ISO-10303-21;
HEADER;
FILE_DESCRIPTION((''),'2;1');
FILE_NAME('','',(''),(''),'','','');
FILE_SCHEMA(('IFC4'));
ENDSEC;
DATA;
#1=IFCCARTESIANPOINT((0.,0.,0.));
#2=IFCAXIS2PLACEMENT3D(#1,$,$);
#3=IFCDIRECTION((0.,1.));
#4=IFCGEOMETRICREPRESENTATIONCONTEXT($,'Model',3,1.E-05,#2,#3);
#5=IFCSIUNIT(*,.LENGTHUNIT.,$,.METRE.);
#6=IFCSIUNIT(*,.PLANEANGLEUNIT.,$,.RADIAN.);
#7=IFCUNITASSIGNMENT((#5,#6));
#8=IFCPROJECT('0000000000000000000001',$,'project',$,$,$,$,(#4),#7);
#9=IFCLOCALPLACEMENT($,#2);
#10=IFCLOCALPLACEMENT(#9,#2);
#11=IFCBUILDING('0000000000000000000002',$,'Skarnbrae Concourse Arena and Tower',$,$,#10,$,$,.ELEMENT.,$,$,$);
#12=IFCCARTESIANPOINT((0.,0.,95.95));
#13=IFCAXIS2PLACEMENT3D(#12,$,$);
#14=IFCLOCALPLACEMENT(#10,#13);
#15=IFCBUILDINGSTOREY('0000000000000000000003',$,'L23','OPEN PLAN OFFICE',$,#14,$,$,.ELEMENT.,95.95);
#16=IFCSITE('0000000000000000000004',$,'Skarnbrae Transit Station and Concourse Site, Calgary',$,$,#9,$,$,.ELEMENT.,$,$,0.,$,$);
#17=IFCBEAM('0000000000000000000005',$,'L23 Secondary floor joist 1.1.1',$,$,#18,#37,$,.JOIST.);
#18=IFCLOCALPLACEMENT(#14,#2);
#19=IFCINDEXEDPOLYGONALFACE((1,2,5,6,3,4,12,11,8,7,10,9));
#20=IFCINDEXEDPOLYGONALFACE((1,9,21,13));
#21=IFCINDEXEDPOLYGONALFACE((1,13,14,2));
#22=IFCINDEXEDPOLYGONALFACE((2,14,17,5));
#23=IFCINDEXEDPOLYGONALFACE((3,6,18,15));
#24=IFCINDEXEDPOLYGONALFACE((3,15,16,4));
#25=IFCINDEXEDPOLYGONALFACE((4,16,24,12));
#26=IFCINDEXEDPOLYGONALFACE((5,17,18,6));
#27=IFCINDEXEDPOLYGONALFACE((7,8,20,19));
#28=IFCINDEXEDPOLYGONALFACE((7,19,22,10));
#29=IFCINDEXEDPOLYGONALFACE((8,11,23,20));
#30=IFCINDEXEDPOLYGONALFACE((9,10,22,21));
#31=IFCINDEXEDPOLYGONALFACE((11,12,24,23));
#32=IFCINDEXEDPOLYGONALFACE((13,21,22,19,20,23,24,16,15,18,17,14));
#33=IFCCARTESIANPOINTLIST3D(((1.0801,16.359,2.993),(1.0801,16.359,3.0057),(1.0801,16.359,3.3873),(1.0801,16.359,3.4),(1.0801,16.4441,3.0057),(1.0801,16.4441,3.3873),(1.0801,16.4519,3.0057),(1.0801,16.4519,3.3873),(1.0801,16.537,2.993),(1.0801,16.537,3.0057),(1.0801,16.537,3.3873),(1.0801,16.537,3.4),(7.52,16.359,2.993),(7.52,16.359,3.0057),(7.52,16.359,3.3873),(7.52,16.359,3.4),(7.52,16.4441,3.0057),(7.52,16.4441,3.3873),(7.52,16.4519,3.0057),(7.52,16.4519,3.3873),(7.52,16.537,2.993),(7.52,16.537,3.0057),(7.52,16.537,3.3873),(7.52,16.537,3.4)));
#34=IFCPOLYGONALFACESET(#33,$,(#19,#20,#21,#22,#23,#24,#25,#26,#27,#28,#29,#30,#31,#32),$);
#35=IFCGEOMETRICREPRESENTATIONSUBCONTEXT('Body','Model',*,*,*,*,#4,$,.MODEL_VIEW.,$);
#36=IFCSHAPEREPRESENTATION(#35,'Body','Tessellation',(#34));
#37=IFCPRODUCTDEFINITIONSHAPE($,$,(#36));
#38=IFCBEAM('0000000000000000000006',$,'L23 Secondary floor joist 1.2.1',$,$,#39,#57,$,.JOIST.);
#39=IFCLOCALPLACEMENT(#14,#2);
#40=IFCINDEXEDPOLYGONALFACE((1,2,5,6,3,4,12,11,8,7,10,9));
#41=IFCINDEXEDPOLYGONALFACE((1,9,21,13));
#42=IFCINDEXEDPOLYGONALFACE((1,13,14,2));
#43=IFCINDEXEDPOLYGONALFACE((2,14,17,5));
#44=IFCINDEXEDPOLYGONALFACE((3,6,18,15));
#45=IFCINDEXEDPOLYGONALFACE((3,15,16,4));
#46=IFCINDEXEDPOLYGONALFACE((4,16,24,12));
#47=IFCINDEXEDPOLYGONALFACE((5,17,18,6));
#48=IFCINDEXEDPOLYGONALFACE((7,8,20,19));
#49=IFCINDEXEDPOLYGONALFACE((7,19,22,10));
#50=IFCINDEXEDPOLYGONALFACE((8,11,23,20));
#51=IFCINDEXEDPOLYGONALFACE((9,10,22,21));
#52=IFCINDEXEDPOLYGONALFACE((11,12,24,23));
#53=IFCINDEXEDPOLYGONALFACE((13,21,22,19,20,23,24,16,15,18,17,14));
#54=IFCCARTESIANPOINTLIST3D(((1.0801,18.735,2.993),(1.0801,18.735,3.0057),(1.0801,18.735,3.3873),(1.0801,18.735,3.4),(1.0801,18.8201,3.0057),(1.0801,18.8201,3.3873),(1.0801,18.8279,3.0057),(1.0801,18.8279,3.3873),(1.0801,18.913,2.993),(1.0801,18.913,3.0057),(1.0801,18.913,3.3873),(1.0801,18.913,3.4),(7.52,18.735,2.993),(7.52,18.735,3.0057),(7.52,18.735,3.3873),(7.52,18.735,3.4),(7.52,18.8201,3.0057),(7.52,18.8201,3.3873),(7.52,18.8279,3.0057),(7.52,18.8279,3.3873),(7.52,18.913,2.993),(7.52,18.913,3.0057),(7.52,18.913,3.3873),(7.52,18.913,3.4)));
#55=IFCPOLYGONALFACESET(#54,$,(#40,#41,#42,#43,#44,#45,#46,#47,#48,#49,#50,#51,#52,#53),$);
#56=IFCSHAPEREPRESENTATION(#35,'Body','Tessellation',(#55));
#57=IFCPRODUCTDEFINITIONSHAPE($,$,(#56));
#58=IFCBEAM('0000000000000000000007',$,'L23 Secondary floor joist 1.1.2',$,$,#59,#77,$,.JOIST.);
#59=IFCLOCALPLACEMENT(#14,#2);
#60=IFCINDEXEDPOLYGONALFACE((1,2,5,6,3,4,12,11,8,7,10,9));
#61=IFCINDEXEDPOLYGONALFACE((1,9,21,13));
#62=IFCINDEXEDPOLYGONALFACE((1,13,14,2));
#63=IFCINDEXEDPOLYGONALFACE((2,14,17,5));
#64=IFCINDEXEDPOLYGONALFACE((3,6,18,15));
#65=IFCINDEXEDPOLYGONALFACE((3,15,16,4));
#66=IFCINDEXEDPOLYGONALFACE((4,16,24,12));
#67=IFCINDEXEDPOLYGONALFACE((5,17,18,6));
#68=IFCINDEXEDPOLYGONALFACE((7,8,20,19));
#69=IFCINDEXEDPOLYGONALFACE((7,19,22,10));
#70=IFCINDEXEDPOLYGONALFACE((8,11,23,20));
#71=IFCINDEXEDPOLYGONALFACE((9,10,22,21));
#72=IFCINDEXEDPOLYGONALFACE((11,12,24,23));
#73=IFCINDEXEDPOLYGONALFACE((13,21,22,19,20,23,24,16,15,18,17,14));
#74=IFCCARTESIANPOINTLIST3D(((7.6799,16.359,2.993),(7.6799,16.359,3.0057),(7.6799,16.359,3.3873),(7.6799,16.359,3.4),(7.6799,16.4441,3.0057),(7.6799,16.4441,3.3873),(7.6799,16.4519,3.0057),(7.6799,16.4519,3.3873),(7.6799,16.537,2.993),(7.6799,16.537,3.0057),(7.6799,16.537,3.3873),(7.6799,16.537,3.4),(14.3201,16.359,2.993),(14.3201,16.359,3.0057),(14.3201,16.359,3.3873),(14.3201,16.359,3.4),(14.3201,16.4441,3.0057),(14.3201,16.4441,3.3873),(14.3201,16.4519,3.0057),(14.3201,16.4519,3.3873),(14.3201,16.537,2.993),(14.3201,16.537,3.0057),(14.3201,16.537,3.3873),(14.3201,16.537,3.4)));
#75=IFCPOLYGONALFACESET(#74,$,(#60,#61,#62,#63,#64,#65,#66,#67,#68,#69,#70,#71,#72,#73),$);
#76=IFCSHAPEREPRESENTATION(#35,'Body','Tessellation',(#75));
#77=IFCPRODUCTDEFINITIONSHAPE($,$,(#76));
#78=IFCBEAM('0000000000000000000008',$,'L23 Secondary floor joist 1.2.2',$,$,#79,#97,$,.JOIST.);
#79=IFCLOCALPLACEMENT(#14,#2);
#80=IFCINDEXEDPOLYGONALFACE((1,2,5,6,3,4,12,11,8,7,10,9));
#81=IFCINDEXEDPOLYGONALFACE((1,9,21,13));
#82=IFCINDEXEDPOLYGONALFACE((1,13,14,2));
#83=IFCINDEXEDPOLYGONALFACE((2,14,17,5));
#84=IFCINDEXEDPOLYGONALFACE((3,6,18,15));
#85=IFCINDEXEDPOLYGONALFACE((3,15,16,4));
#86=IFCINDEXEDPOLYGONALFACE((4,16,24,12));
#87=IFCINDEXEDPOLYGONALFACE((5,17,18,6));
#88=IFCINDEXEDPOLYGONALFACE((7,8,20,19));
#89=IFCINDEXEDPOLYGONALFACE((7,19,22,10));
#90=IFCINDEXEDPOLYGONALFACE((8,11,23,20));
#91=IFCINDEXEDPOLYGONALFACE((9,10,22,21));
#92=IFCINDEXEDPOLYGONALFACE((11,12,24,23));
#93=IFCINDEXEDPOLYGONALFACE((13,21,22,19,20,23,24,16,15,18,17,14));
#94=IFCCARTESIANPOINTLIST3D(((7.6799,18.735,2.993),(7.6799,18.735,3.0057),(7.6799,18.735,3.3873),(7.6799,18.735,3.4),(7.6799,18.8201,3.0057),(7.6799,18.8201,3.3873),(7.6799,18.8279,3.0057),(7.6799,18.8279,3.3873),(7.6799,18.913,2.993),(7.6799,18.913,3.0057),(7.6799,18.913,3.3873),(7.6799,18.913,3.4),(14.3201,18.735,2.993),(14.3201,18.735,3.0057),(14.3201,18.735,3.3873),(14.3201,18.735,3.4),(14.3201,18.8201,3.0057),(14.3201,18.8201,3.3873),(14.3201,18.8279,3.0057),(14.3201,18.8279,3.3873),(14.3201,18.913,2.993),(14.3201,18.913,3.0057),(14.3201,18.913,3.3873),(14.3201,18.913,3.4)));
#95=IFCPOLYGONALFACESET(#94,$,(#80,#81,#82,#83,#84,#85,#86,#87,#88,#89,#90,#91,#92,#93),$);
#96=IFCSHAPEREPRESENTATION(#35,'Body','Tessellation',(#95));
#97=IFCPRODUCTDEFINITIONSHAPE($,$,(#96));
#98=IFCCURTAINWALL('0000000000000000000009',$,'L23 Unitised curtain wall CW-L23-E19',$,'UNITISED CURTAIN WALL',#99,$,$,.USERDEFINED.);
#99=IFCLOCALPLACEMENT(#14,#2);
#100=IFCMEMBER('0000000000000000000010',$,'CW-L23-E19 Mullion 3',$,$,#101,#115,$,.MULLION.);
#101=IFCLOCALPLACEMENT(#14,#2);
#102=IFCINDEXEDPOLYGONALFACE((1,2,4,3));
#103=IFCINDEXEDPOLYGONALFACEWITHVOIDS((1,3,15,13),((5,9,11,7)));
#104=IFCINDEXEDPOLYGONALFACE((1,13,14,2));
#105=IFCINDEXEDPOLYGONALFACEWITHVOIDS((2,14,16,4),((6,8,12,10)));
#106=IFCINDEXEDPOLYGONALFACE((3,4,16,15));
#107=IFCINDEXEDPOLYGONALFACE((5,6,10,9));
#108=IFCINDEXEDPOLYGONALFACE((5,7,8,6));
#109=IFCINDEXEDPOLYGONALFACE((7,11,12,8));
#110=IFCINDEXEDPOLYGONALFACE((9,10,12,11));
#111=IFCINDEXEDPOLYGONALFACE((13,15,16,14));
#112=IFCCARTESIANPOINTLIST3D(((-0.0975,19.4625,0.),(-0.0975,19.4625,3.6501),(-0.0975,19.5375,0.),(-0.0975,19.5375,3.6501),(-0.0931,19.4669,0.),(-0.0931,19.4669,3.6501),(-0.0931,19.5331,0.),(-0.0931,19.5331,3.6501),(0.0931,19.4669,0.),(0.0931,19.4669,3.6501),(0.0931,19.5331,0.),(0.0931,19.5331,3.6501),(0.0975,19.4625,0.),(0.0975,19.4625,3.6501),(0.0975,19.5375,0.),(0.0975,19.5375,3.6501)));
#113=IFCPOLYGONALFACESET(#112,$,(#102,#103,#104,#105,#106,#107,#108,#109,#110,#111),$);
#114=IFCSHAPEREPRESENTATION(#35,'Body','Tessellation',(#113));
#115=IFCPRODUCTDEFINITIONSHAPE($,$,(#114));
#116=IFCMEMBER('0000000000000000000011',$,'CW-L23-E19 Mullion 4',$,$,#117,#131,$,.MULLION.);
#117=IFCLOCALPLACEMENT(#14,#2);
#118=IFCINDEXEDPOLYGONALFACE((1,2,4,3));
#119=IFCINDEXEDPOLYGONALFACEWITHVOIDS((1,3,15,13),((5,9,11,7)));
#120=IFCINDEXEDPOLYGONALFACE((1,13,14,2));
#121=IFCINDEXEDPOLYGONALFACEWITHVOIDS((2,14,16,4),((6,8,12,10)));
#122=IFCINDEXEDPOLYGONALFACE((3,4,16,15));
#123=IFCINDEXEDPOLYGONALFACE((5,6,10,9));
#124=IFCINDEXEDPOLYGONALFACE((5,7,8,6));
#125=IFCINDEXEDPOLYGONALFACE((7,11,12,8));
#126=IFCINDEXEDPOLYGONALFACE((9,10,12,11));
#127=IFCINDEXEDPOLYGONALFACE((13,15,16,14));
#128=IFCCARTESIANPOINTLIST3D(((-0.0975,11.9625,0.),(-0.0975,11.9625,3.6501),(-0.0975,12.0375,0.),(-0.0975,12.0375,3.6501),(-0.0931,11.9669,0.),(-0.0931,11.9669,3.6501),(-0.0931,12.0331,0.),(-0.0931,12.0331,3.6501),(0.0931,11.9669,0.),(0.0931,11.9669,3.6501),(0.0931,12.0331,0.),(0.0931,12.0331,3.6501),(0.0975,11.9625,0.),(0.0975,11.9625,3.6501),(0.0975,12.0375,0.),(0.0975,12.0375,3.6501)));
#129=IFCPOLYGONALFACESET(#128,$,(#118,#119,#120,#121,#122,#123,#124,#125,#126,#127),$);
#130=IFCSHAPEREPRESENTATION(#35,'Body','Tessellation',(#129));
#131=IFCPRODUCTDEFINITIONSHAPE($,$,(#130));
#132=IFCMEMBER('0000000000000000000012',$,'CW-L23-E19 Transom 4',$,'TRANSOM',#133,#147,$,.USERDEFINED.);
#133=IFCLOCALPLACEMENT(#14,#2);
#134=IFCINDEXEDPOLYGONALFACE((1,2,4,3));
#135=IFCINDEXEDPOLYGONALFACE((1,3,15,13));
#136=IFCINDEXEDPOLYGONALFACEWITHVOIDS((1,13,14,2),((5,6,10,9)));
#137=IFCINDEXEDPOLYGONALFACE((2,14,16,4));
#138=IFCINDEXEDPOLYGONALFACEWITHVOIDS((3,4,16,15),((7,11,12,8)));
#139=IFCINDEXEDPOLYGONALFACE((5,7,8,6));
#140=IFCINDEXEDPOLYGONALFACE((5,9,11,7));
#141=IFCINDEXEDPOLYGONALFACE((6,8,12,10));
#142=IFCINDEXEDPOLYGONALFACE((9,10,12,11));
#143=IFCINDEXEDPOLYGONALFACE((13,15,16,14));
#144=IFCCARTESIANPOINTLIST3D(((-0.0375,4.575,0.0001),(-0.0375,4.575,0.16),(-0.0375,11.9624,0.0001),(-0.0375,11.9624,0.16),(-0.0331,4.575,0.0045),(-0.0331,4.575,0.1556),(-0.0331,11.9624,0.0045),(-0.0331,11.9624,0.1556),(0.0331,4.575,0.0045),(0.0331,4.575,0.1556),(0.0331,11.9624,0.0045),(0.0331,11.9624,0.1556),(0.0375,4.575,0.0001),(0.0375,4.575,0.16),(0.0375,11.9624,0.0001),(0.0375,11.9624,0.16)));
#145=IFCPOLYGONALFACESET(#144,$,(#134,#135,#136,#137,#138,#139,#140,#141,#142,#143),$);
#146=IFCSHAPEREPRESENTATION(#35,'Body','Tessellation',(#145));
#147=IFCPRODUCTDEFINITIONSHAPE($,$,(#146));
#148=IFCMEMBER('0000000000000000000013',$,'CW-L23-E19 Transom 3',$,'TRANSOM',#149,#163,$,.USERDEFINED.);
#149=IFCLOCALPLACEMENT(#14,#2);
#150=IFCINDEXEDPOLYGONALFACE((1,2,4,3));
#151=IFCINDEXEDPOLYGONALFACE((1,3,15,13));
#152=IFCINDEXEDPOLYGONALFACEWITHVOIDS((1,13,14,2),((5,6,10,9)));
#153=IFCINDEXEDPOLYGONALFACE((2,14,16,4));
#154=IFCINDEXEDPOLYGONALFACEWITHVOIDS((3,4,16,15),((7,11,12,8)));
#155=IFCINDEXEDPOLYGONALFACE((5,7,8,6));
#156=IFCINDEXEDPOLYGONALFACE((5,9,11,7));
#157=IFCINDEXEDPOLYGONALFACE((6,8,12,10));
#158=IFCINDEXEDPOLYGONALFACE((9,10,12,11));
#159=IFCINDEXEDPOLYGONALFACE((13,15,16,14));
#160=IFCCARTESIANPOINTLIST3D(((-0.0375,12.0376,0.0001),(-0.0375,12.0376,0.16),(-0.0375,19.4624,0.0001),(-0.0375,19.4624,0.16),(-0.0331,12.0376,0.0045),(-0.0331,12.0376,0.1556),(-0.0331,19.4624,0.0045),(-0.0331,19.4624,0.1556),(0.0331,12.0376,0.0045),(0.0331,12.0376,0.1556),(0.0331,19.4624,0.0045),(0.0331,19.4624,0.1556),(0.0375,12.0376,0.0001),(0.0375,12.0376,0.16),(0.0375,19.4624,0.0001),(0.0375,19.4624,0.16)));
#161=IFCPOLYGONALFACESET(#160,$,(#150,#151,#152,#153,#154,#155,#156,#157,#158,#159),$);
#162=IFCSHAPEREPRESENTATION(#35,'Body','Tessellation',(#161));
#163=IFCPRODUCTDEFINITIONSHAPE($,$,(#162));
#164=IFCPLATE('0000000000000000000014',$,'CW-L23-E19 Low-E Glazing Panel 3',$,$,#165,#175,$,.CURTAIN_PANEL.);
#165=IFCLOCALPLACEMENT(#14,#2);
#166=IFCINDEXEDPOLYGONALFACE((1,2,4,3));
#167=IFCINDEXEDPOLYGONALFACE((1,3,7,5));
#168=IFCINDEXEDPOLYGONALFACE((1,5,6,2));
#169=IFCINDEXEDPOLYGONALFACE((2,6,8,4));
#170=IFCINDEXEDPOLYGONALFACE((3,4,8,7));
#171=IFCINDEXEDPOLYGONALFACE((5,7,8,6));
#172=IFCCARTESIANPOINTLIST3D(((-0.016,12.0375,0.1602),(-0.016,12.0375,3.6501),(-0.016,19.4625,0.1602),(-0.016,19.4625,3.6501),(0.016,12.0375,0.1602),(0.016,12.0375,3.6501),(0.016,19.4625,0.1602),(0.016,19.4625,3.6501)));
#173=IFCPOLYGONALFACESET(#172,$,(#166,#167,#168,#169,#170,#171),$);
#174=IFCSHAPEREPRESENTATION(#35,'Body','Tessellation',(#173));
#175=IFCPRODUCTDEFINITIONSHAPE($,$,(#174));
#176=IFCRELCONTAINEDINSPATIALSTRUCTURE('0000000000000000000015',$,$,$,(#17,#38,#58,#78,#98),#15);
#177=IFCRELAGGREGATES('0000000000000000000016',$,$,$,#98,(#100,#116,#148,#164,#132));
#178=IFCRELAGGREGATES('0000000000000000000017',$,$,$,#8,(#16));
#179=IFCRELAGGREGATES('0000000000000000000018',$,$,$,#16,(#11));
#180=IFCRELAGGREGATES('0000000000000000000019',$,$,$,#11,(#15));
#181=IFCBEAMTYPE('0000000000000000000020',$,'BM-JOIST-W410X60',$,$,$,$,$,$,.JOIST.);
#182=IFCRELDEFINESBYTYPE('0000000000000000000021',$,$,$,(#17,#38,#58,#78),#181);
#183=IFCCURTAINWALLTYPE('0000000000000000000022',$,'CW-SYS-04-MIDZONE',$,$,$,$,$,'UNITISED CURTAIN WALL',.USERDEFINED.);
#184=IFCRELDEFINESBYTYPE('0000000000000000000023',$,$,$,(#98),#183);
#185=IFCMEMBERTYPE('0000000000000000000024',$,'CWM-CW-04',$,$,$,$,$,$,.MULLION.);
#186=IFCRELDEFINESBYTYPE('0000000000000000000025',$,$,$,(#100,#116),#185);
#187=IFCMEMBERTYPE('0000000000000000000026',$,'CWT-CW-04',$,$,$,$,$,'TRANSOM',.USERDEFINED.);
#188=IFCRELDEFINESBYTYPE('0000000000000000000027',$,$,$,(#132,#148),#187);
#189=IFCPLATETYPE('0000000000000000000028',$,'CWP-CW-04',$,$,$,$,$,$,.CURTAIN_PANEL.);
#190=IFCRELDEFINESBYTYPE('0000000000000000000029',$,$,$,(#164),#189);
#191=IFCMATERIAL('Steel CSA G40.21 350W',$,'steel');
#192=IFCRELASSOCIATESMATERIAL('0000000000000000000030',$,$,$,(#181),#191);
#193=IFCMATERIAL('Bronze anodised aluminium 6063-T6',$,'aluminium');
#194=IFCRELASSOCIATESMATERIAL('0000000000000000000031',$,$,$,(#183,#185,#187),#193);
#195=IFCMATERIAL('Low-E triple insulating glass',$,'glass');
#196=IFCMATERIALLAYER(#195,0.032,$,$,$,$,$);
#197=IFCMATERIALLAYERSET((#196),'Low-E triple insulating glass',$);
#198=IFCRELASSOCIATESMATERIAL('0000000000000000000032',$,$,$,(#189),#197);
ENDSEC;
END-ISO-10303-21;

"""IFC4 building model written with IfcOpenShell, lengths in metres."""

from ifc_helpers import new_model, si_unit, direction, frame, origin, origin_2d, place, context, subcontext, project, spatial, rectangle, hollow_rectangle, i_section, extrude, source, transform, mapped, material, layer, layer_set, material_profile, profile_set, type_object, element, aggregate, save


model = new_model("IFC4")

# Units and contexts
model_context = context("Model", 3, precision=1e-05, world=origin(), true_north=direction((0.0, 1.0)))
body_context = subcontext(model_context, "Body", "Model", "MODEL_VIEW")
ifc_project = project(units=[si_unit("LENGTHUNIT", "METRE"), si_unit("PLANEANGLEUNIT", "RADIAN")], contexts=[model_context])

# Site, building, storey
site_placement = place(None, origin())
site = spatial("IfcSite", under=ifc_project, at=site_placement, Name="Skarnbrae Transit Station and Concourse Site, Calgary", CompositionType="ELEMENT", RefElevation=0.0)
building_placement = place(site_placement, origin())
building = spatial("IfcBuilding", under=site, at=building_placement, Name="Skarnbrae Concourse Arena and Tower", CompositionType="ELEMENT")
storey_placement = place(building_placement, frame((0.0, 0.0, 95.95)))
storey = spatial("IfcBuildingStorey", under=building, at=storey_placement, Name="L23", Description="OPEN PLAN OFFICE", CompositionType="ELEMENT", Elevation=95.95)

# Shared definitions
ifc_material_1 = material(Name="Steel CSA G40.21 350W", Category="steel")

# Beams
ifc_material_profile_1 = material_profile(ifc_material_1, i_section(OverallWidth=0.178, OverallDepth=0.407, WebThickness=0.0078, FlangeThickness=0.0127, at=origin_2d()), Name="W410X60")
ifc_profile_set_1 = profile_set([ifc_material_profile_1], Name="Steel CSA G40.21 350W")
beam_type_1 = type_object("IfcBeamType", Name="BM-JOIST-W410X60", PredefinedType="JOIST", material=ifc_profile_set_1)
shared_shape_1 = source(origin(), body_context, "Body", "SweptSolid", [
    extrude(i_section(OverallWidth=0.178, OverallDepth=0.407, WebThickness=0.0078, FlangeThickness=0.0127, at=origin_2d()), origin(), (0.0, 0.0, 1.0), 6.4399),
])
for number, where, z_axis, x_axis, name in (
    (1, (1.0801, 16.448, 3.1965), (1.0, 0.0, 0.0), (0.0, 1.0, 0.0), "L23 Secondary floor joist 1.1.1"),
    (2, (1.0801, 18.824, 3.1965), (1.0, 0.0, 0.0), (0.0, 1.0, 0.0), "L23 Secondary floor joist 1.2.1"),
):
    element("IfcBeam", number, at=place(storey_placement, frame(where, z_axis=z_axis, x_axis=x_axis)), inside=storey, type_object=beam_type_1, Name=name, PredefinedType="JOIST", context=body_context, shape_type="MappedRepresentation", body=[
        mapped(shared_shape_1, transform((0.0, 0.0, 0.0))),
    ])
shared_shape_2 = source(origin(), body_context, "Body", "SweptSolid", [
    extrude(i_section(OverallWidth=0.178, OverallDepth=0.407, WebThickness=0.0078, FlangeThickness=0.0127, at=origin_2d()), origin(), (0.0, 0.0, 1.0), 6.6401),
])
for number, where, z_axis, x_axis, name in (
    (3, (7.6799, 16.448, 3.1965), (1.0, 0.0, 0.0), (0.0, 1.0, 0.0), "L23 Secondary floor joist 1.1.2"),
    (4, (7.6799, 18.824, 3.1965), (1.0, 0.0, 0.0), (0.0, 1.0, 0.0), "L23 Secondary floor joist 1.2.2"),
):
    element("IfcBeam", number, at=place(storey_placement, frame(where, z_axis=z_axis, x_axis=x_axis)), inside=storey, type_object=beam_type_1, Name=name, PredefinedType="JOIST", context=body_context, shape_type="MappedRepresentation", body=[
        mapped(shared_shape_2, transform((0.0, 0.0, 0.0))),
    ])

# Curtain wall, members, plate
ifc_material_2 = material(Name="Bronze anodised aluminium 6063-T6", Category="aluminium")
curtain_wall_type = type_object("IfcCurtainWallType", Name="CW-SYS-04-MIDZONE", ElementType="UNITISED CURTAIN WALL", PredefinedType="USERDEFINED", material=ifc_material_2)
curtain_wall_placement = place(storey_placement, origin())
curtain_wall = element("IfcCurtainWall", 5, at=curtain_wall_placement, inside=storey, type_object=curtain_wall_type, Name="L23 Unitised curtain wall CW-L23-E19", ObjectType="UNITISED CURTAIN WALL", PredefinedType="USERDEFINED")
ifc_material_profile_2 = material_profile(ifc_material_2, hollow_rectangle(XDim=0.075, YDim=0.1951, WallThickness=0.0044, at=origin_2d()), Name="ALU-MULL-75X195")
ifc_profile_set_2 = profile_set([ifc_material_profile_2], Name="Bronze anodised aluminium 6063-T6")
member_type_1 = type_object("IfcMemberType", Name="CWM-CW-04", PredefinedType="MULLION", material=ifc_profile_set_2)
shared_shape_3 = source(origin(), body_context, "Body", "SweptSolid", [
    extrude(hollow_rectangle(XDim=0.075, YDim=0.1951, WallThickness=0.0044, at=origin_2d()), origin(), (0.0, 0.0, 1.0), 3.6501),
])
member_1_placement = place(storey_placement, frame((0.0, 19.5, 0.0), z_axis=(0.0, 0.0, 1.0), x_axis=(0.0, -1.0, 0.0)))
member_1 = element("IfcMember", 6, at=member_1_placement, type_object=member_type_1, Name="CW-L23-E19 Mullion 3", PredefinedType="MULLION", context=body_context, shape_type="MappedRepresentation", body=[
    mapped(shared_shape_3, transform((0.0, 0.0, 0.0))),
])
member_2_placement = place(storey_placement, frame((0.0, 12.0, 0.0), z_axis=(0.0, 0.0, 1.0), x_axis=(0.0, -1.0, 0.0)))
member_2 = element("IfcMember", 7, at=member_2_placement, type_object=member_type_1, Name="CW-L23-E19 Mullion 4", PredefinedType="MULLION", context=body_context, shape_type="MappedRepresentation", body=[
    mapped(shared_shape_3, transform((0.0, 0.0, 0.0))),
])
ifc_material_profile_3 = material_profile(ifc_material_2, hollow_rectangle(XDim=0.075, YDim=0.1599, WallThickness=0.0044, at=origin_2d()), Name="ALU-TRAN-75X160")
ifc_profile_set_3 = profile_set([ifc_material_profile_3], Name="Bronze anodised aluminium 6063-T6")
member_type_2 = type_object("IfcMemberType", Name="CWT-CW-04", ElementType="TRANSOM", PredefinedType="USERDEFINED", material=ifc_profile_set_3)
shared_shape_4 = source(origin(), body_context, "Body", "SweptSolid", [
    extrude(hollow_rectangle(XDim=0.075, YDim=0.1599, WallThickness=0.0044, at=origin_2d()), origin(), (0.0, 0.0, 1.0), 7.3875),
])
member_3_placement = place(storey_placement, frame((0.0, 11.9624, 0.0801), z_axis=(0.0, -1.0, 0.0), x_axis=(1.0, 0.0, 0.0)))
member_3 = element("IfcMember", 8, at=member_3_placement, type_object=member_type_2, Name="CW-L23-E19 Transom 4", ObjectType="TRANSOM", PredefinedType="USERDEFINED", context=body_context, shape_type="MappedRepresentation", body=[
    mapped(shared_shape_4, transform((0.0, 0.0, 0.0))),
])
shared_shape_5 = source(origin(), body_context, "Body", "SweptSolid", [
    extrude(hollow_rectangle(XDim=0.075, YDim=0.1599, WallThickness=0.0044, at=origin_2d()), origin(), (0.0, 0.0, 1.0), 7.4248),
])
member_4_placement = place(storey_placement, frame((0.0, 19.4624, 0.0801), z_axis=(0.0, -1.0, 0.0), x_axis=(1.0, 0.0, 0.0)))
member_4 = element("IfcMember", 9, at=member_4_placement, type_object=member_type_2, Name="CW-L23-E19 Transom 3", ObjectType="TRANSOM", PredefinedType="USERDEFINED", context=body_context, shape_type="MappedRepresentation", body=[
    mapped(shared_shape_5, transform((0.0, 0.0, 0.0))),
])
ifc_material_3 = material(Name="Low-E triple insulating glass", Category="glass")
ifc_layer_1 = layer(ifc_material_3, 0.032)
ifc_layer_set_1 = layer_set([ifc_layer_1], Name="Low-E triple insulating glass")
plate_type = type_object("IfcPlateType", Name="CWP-CW-04", PredefinedType="CURTAIN_PANEL", material=ifc_layer_set_1)
shared_shape_6 = source(origin(), body_context, "Body", "SweptSolid", [
    extrude(rectangle(XDim=7.425, YDim=0.032, at=origin_2d()), origin(), (0.0, 0.0, 1.0), 3.49),
])
plate_placement = place(storey_placement, frame((0.0, 15.75, 0.1602), z_axis=(0.0, 0.0, 1.0), x_axis=(0.0, -1.0, 0.0)))
plate = element("IfcPlate", 10, at=plate_placement, type_object=plate_type, Name="CW-L23-E19 Low-E Glazing Panel 3", PredefinedType="CURTAIN_PANEL", context=body_context, shape_type="MappedRepresentation", body=[
    mapped(shared_shape_6, transform((0.0, 0.0, 0.0))),
])
aggregate(curtain_wall, [member_1, member_2, member_4, plate, member_3])

save(model, "model.ifc")
